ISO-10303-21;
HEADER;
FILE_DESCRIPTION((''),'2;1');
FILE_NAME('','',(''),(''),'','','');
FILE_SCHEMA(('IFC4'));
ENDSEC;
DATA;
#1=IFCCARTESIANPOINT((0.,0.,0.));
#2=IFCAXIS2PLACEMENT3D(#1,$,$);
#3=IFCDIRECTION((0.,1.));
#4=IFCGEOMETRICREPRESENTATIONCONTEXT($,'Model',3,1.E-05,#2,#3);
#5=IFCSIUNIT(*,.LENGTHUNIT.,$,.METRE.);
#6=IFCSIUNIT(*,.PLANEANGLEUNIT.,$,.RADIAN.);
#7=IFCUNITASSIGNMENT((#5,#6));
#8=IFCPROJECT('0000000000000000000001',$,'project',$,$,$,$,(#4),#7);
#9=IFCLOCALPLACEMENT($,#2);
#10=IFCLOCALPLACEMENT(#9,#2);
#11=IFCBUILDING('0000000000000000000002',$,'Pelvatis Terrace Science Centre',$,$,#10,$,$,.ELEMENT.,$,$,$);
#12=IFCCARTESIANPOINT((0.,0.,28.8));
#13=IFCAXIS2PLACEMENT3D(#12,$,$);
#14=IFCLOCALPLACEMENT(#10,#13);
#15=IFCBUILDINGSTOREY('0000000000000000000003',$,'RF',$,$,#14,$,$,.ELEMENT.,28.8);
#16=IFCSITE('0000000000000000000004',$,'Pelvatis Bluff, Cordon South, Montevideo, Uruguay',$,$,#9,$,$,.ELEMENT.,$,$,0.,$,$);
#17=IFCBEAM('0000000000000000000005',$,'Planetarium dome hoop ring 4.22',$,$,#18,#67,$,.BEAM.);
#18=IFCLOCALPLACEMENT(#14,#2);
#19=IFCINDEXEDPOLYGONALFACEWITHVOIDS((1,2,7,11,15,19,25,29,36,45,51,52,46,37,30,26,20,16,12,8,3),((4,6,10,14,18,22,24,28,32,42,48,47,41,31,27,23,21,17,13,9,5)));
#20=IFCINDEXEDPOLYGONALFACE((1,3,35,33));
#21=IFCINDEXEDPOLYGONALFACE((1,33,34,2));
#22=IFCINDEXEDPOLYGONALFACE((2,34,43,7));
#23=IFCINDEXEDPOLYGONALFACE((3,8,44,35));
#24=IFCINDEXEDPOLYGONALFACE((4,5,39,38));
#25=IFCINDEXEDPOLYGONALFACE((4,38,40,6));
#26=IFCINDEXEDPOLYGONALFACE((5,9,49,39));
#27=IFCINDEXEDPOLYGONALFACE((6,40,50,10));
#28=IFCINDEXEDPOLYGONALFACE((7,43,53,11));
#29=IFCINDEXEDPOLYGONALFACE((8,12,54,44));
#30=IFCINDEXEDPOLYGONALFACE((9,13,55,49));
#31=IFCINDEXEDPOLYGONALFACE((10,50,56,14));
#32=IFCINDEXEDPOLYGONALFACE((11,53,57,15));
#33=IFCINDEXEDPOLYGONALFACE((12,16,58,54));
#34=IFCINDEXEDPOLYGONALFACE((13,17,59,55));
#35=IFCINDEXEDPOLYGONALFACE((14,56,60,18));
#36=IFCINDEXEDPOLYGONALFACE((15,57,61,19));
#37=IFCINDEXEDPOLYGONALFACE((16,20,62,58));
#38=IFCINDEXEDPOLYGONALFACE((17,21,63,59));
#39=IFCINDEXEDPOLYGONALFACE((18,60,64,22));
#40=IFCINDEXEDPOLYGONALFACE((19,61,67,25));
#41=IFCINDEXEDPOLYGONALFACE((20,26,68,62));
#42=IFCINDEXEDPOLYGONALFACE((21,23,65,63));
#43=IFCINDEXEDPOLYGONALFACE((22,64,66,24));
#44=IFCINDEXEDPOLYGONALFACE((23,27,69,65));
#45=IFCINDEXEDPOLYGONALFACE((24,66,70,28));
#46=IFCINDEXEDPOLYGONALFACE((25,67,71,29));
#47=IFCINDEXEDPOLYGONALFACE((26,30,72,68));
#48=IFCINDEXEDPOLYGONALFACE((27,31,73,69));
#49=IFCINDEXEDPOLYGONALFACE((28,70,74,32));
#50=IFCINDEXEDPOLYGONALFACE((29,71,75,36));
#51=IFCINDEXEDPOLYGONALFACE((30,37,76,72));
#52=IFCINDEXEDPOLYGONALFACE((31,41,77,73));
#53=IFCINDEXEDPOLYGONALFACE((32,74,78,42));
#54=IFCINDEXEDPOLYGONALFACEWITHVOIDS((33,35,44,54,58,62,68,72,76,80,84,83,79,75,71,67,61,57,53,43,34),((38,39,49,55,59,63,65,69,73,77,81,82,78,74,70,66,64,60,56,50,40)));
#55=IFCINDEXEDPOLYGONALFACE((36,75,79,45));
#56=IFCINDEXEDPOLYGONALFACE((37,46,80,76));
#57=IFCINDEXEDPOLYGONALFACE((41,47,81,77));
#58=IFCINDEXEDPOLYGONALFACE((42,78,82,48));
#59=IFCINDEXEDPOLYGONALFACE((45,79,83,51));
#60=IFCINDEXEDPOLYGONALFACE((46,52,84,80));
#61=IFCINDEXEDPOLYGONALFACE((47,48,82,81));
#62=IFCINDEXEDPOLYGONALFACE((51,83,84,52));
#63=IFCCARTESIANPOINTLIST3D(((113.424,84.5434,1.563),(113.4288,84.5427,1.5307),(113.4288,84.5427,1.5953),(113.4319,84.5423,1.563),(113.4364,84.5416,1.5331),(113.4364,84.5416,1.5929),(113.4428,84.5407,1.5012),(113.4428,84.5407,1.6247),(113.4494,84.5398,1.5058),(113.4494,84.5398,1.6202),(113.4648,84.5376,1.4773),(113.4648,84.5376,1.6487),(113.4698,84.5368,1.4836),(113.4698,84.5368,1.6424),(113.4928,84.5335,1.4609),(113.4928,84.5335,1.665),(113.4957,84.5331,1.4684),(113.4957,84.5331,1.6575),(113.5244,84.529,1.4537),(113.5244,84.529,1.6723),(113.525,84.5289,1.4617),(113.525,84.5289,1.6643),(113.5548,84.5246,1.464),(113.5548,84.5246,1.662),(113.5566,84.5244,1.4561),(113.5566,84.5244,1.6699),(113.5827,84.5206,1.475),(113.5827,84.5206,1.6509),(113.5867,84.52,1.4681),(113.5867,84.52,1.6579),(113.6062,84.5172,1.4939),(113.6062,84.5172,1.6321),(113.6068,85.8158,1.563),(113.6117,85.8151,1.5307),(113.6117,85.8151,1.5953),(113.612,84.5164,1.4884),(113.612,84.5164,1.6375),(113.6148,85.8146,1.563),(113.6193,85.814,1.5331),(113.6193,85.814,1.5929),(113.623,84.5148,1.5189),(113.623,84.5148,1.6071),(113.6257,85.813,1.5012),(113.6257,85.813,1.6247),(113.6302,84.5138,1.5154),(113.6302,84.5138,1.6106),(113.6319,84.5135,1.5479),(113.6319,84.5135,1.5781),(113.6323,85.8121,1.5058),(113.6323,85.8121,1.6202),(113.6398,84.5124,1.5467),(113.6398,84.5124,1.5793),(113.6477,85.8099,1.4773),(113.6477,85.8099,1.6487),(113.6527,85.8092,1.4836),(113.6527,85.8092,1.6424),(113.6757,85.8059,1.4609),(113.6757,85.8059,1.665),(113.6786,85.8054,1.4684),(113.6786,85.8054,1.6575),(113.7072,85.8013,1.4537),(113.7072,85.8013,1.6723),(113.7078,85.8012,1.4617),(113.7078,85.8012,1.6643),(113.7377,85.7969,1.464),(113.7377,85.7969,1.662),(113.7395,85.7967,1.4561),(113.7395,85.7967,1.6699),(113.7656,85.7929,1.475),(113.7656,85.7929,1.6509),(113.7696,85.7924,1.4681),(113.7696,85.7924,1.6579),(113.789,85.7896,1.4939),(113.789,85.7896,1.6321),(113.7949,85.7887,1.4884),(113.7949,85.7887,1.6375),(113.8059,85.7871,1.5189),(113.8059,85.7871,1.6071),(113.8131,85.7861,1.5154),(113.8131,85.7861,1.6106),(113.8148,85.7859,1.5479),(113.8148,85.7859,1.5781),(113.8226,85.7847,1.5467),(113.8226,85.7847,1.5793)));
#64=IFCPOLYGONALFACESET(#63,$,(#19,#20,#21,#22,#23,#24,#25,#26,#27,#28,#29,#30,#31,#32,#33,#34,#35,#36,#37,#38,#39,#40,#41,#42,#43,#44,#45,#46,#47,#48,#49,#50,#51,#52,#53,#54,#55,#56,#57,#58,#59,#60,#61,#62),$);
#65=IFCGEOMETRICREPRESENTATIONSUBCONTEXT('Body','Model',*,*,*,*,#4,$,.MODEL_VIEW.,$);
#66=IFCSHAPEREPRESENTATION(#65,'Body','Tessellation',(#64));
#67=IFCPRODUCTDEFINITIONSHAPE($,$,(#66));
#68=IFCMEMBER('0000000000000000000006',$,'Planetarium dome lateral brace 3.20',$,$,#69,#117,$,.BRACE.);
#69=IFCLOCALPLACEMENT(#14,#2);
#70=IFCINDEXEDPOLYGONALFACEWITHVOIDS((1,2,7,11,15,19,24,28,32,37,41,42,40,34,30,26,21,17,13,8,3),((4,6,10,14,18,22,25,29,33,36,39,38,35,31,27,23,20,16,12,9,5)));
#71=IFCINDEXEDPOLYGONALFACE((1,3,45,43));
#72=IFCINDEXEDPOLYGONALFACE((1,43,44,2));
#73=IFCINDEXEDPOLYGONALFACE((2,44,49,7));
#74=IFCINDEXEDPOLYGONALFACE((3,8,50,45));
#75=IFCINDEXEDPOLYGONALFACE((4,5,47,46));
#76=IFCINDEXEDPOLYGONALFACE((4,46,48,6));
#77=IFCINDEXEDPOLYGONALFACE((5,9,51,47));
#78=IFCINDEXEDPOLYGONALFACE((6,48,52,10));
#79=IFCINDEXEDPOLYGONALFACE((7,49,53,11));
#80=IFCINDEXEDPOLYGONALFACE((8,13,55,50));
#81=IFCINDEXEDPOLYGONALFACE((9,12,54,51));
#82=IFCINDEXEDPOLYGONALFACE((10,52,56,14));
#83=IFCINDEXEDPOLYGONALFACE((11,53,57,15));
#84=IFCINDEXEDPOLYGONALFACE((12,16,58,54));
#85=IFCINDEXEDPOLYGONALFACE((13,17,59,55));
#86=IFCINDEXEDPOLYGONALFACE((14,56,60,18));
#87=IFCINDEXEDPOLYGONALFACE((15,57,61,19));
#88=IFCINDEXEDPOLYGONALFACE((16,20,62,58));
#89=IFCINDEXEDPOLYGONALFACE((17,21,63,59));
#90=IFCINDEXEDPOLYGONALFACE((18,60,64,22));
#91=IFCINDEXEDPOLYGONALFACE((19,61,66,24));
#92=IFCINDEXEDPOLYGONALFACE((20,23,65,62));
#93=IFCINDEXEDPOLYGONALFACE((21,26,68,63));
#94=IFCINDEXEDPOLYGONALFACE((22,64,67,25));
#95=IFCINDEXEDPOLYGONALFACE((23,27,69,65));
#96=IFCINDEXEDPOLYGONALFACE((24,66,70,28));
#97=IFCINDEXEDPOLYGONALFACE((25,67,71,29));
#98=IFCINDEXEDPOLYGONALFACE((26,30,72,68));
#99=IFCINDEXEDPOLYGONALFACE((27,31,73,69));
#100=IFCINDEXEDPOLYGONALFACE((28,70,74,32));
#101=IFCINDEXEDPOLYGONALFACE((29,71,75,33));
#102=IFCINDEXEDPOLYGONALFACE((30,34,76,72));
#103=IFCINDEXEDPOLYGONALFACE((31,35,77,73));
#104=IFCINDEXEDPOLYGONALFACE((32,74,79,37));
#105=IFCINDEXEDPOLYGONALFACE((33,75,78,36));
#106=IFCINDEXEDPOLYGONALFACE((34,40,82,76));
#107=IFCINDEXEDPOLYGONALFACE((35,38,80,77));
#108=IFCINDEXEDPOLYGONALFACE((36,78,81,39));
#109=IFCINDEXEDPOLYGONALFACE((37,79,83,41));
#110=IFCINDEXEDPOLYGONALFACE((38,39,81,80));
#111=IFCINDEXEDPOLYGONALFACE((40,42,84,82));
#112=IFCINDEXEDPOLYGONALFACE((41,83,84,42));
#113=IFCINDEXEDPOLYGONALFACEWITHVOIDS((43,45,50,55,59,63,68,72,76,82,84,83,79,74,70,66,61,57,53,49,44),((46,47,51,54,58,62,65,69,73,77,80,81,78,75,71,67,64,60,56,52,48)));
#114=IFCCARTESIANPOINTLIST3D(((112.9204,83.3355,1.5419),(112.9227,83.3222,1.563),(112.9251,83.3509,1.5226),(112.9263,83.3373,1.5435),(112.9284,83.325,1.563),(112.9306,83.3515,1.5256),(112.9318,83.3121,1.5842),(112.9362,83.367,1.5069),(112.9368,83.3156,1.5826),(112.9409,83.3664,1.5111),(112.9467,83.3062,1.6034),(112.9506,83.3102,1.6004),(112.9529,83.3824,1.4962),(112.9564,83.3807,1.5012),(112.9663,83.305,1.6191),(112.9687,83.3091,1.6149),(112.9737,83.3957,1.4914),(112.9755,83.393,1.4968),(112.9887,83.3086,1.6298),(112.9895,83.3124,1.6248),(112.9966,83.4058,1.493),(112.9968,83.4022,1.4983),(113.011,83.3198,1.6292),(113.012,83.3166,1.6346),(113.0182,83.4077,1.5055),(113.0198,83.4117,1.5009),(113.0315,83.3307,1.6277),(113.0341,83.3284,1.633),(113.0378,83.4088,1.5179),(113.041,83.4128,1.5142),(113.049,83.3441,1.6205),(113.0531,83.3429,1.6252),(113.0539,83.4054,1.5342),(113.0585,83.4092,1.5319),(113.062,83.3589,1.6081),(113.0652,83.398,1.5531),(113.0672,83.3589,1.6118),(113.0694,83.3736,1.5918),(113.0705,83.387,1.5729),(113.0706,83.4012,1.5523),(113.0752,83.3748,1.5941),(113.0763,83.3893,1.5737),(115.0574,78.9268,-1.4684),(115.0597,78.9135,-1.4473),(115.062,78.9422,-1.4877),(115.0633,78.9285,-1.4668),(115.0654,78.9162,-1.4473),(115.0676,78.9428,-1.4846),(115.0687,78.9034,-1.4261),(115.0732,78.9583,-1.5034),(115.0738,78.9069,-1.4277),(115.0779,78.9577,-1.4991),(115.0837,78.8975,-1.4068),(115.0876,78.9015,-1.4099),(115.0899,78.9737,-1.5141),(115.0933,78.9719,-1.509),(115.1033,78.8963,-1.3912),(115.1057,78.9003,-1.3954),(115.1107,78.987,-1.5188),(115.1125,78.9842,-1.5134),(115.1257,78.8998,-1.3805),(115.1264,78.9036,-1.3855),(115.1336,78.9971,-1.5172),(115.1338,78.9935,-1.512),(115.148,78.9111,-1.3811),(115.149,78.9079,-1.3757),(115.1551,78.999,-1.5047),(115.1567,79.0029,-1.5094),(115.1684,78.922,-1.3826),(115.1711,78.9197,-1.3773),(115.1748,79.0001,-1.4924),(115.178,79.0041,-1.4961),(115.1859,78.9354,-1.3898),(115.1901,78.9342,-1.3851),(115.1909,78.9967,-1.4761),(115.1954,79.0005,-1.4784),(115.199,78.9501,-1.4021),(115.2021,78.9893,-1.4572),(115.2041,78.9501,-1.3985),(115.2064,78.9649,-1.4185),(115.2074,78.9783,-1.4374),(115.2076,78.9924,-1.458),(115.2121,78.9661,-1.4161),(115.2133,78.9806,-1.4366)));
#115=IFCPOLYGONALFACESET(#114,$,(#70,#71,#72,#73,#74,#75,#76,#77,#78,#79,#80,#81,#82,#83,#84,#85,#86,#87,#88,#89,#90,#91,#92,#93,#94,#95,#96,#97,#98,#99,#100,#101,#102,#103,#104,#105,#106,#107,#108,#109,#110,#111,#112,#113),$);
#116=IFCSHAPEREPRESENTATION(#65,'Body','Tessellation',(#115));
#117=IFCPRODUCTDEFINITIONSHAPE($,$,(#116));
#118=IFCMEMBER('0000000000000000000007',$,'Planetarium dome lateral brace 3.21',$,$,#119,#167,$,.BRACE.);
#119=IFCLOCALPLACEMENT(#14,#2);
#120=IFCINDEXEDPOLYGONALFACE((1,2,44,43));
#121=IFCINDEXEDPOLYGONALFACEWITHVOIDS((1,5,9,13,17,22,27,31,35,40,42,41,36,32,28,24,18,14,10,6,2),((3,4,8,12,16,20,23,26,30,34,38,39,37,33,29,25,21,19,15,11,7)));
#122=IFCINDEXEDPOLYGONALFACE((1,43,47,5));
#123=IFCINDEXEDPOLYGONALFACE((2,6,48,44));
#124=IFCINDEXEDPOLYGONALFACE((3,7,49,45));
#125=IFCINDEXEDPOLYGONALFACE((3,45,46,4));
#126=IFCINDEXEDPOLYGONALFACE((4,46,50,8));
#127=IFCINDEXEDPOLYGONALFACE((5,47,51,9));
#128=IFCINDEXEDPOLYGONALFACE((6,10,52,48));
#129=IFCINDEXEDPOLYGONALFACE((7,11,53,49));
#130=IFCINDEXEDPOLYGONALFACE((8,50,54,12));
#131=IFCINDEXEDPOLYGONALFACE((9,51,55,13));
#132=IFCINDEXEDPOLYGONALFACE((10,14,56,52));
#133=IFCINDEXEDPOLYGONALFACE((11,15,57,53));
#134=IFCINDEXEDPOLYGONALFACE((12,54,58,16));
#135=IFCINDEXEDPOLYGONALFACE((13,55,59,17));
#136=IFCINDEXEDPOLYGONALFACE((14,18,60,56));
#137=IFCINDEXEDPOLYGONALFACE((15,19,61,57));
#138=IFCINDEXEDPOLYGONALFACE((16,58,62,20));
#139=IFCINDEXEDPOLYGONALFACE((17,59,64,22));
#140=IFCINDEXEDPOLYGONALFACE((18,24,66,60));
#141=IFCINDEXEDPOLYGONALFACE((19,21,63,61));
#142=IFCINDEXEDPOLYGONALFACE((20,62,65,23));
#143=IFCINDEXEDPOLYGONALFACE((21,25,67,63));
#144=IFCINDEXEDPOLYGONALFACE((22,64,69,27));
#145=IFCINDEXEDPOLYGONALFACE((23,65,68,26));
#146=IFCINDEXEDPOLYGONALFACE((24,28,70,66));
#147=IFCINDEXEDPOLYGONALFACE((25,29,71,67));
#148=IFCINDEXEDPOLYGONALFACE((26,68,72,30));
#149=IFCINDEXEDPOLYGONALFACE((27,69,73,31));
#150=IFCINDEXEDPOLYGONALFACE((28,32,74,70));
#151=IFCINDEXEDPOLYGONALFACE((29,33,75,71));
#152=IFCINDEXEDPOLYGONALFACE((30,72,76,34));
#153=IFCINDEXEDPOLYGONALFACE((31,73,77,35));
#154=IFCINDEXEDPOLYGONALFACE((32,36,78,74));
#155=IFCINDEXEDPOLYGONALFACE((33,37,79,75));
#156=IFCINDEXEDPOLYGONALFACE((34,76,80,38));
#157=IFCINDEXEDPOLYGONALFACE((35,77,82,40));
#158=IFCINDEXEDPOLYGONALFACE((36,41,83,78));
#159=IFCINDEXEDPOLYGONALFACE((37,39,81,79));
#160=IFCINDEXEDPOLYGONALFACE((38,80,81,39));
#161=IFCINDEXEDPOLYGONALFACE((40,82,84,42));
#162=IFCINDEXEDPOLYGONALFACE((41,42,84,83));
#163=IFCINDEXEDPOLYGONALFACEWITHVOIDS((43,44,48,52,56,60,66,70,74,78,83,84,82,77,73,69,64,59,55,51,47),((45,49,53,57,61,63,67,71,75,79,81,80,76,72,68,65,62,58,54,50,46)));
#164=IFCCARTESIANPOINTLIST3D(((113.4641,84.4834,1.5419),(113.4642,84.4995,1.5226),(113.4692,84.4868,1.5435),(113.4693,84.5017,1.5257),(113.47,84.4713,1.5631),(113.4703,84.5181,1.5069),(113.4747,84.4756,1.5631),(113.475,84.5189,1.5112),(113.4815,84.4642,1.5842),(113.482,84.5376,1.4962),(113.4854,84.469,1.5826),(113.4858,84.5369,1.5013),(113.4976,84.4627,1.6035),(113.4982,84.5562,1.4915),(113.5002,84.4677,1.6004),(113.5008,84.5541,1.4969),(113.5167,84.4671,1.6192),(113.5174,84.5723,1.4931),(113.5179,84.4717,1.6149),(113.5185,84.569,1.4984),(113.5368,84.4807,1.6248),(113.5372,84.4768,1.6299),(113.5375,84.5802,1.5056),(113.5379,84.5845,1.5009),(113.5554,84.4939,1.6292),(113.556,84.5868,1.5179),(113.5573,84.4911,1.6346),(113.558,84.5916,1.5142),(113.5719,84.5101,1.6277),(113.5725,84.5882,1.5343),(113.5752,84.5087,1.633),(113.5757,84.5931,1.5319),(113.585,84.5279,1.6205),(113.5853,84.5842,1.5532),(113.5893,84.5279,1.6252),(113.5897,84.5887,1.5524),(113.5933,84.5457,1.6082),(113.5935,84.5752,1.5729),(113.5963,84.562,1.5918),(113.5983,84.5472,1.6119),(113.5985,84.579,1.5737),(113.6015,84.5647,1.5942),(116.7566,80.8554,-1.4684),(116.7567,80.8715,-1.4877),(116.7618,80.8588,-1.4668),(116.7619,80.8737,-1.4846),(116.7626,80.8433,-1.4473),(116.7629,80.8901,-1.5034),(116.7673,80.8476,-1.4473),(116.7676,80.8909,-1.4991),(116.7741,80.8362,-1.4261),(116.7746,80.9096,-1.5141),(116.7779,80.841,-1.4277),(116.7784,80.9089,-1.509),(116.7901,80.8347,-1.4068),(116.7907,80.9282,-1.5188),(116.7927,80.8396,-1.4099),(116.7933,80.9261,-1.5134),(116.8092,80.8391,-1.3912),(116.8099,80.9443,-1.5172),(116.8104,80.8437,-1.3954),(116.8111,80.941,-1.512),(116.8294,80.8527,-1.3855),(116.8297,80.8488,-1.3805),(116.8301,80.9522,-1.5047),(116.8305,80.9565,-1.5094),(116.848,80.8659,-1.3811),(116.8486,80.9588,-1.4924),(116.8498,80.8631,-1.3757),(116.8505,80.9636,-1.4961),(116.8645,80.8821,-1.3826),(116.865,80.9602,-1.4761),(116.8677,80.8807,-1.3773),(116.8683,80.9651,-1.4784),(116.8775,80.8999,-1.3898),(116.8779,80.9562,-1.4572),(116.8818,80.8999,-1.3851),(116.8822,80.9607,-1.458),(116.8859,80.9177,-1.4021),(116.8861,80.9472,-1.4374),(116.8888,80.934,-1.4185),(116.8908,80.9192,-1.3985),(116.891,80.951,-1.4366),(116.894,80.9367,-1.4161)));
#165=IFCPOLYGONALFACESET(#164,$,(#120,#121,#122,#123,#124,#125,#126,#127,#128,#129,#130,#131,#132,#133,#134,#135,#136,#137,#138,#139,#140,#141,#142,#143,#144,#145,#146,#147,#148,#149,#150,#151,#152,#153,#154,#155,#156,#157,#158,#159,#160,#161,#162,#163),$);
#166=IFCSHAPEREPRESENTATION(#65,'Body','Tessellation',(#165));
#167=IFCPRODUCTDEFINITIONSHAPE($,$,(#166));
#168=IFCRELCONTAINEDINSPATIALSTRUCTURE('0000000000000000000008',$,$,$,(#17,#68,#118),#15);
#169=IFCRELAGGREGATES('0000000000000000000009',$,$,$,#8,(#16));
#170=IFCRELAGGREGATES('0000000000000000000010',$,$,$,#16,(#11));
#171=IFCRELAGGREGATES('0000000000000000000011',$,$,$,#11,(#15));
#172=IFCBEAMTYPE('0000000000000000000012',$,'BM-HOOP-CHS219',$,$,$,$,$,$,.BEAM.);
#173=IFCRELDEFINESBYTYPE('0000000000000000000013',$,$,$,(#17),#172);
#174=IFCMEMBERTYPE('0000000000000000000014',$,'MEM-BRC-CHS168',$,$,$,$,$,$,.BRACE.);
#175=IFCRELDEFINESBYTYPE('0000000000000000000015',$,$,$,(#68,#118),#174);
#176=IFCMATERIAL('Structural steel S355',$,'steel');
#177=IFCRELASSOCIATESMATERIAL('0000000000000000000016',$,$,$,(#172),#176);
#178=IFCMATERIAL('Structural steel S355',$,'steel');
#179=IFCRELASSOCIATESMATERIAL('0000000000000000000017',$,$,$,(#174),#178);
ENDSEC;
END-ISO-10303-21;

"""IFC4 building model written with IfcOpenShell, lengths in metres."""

from ifc_helpers import new_model, si_unit, direction, frame, origin, origin_2d, place, context, subcontext, project, spatial, hollow_circle, extrude, material, material_profile, profile_set, type_object, element, save


model = new_model("IFC4")

# Units and contexts
model_context = context("Model", 3, precision=1e-05, world=origin(), true_north=direction((0.0, 1.0)))
body_context = subcontext(model_context, "Body", "Model", "MODEL_VIEW")
ifc_project = project(units=[si_unit("LENGTHUNIT", "METRE"), si_unit("PLANEANGLEUNIT", "RADIAN")], contexts=[model_context])

# Site, building, storey
site_placement = place(None, origin())
site = spatial("IfcSite", under=ifc_project, at=site_placement, Name="Pelvatis Bluff, Cordon South, Montevideo, Uruguay", CompositionType="ELEMENT", RefElevation=0.0)
building_placement = place(site_placement, origin())
building = spatial("IfcBuilding", under=site, at=building_placement, Name="Pelvatis Terrace Science Centre", CompositionType="ELEMENT")
storey_placement = place(building_placement, frame((0.0, 0.0, 28.8)))
storey = spatial("IfcBuildingStorey", under=building, at=storey_placement, Name="RF", CompositionType="ELEMENT", Elevation=28.8)

# Beam
ifc_material_1 = material(Name="Structural steel S355", Category="steel")
ifc_material_profile_1 = material_profile(ifc_material_1, hollow_circle(Radius=0.1096, WallThickness=0.0081, at=origin_2d()), Name="CHS 219.1x8.0")
ifc_profile_set_1 = profile_set([ifc_material_profile_1], Name="Structural steel S355")
beam_type_1 = type_object("IfcBeamType", Name="BM-HOOP-CHS219", PredefinedType="BEAM", material=ifc_profile_set_1)
beam_1_placement = place(storey_placement, frame((113.5325, 84.5278, 1.563), z_axis=(0.142272, 0.989828, 0.0), x_axis=(-0.989828, 0.142272, 0.0)))
element("IfcBeam", 1, at=beam_1_placement, inside=storey, type_object=beam_type_1, Name="Planetarium dome hoop ring 4.22", PredefinedType="BEAM", context=body_context, shape_type="SweptSolid", body=[
    extrude(hollow_circle(Radius=0.1096, WallThickness=0.0081, at=origin_2d()), origin(), (0.0, 0.0, 1.0), 1.2854),
])

# Members
ifc_material_2 = material(Name="Structural steel S355", Category="steel")
ifc_material_profile_2 = material_profile(ifc_material_2, hollow_circle(Radius=0.0842, WallThickness=0.0063, at=origin_2d()), Name="CHS 168.3x6.3")
ifc_profile_set_2 = profile_set([ifc_material_profile_2], Name="Structural steel S355")
member_type_1 = type_object("IfcMemberType", Name="MEM-BRC-CHS168", PredefinedType="BRACE", material=ifc_profile_set_2)
for number, where, z_axis, x_axis, name in (
    (2, (115.1355, 78.9502, -1.4473), (-0.371633, 0.766702, 0.523504), (-0.899861, -0.436177, 0.0), "Planetarium dome lateral brace 3.20"),
    (3, (116.825, 80.8999, -1.4473), (-0.572593, 0.630931, 0.523511), (-0.740513, -0.672043, 0.0), "Planetarium dome lateral brace 3.21"),
):
    element("IfcMember", number, at=place(storey_placement, frame(where, z_axis=z_axis, x_axis=x_axis)), inside=storey, type_object=member_type_1, Name=name, PredefinedType="BRACE", context=body_context, shape_type="SweptSolid", body=[
        extrude(hollow_circle(Radius=0.0842, WallThickness=0.0063, at=origin_2d()), origin(), (0.0, 0.0, 1.0), 5.7502),
    ])

save(model, "model.ifc")
